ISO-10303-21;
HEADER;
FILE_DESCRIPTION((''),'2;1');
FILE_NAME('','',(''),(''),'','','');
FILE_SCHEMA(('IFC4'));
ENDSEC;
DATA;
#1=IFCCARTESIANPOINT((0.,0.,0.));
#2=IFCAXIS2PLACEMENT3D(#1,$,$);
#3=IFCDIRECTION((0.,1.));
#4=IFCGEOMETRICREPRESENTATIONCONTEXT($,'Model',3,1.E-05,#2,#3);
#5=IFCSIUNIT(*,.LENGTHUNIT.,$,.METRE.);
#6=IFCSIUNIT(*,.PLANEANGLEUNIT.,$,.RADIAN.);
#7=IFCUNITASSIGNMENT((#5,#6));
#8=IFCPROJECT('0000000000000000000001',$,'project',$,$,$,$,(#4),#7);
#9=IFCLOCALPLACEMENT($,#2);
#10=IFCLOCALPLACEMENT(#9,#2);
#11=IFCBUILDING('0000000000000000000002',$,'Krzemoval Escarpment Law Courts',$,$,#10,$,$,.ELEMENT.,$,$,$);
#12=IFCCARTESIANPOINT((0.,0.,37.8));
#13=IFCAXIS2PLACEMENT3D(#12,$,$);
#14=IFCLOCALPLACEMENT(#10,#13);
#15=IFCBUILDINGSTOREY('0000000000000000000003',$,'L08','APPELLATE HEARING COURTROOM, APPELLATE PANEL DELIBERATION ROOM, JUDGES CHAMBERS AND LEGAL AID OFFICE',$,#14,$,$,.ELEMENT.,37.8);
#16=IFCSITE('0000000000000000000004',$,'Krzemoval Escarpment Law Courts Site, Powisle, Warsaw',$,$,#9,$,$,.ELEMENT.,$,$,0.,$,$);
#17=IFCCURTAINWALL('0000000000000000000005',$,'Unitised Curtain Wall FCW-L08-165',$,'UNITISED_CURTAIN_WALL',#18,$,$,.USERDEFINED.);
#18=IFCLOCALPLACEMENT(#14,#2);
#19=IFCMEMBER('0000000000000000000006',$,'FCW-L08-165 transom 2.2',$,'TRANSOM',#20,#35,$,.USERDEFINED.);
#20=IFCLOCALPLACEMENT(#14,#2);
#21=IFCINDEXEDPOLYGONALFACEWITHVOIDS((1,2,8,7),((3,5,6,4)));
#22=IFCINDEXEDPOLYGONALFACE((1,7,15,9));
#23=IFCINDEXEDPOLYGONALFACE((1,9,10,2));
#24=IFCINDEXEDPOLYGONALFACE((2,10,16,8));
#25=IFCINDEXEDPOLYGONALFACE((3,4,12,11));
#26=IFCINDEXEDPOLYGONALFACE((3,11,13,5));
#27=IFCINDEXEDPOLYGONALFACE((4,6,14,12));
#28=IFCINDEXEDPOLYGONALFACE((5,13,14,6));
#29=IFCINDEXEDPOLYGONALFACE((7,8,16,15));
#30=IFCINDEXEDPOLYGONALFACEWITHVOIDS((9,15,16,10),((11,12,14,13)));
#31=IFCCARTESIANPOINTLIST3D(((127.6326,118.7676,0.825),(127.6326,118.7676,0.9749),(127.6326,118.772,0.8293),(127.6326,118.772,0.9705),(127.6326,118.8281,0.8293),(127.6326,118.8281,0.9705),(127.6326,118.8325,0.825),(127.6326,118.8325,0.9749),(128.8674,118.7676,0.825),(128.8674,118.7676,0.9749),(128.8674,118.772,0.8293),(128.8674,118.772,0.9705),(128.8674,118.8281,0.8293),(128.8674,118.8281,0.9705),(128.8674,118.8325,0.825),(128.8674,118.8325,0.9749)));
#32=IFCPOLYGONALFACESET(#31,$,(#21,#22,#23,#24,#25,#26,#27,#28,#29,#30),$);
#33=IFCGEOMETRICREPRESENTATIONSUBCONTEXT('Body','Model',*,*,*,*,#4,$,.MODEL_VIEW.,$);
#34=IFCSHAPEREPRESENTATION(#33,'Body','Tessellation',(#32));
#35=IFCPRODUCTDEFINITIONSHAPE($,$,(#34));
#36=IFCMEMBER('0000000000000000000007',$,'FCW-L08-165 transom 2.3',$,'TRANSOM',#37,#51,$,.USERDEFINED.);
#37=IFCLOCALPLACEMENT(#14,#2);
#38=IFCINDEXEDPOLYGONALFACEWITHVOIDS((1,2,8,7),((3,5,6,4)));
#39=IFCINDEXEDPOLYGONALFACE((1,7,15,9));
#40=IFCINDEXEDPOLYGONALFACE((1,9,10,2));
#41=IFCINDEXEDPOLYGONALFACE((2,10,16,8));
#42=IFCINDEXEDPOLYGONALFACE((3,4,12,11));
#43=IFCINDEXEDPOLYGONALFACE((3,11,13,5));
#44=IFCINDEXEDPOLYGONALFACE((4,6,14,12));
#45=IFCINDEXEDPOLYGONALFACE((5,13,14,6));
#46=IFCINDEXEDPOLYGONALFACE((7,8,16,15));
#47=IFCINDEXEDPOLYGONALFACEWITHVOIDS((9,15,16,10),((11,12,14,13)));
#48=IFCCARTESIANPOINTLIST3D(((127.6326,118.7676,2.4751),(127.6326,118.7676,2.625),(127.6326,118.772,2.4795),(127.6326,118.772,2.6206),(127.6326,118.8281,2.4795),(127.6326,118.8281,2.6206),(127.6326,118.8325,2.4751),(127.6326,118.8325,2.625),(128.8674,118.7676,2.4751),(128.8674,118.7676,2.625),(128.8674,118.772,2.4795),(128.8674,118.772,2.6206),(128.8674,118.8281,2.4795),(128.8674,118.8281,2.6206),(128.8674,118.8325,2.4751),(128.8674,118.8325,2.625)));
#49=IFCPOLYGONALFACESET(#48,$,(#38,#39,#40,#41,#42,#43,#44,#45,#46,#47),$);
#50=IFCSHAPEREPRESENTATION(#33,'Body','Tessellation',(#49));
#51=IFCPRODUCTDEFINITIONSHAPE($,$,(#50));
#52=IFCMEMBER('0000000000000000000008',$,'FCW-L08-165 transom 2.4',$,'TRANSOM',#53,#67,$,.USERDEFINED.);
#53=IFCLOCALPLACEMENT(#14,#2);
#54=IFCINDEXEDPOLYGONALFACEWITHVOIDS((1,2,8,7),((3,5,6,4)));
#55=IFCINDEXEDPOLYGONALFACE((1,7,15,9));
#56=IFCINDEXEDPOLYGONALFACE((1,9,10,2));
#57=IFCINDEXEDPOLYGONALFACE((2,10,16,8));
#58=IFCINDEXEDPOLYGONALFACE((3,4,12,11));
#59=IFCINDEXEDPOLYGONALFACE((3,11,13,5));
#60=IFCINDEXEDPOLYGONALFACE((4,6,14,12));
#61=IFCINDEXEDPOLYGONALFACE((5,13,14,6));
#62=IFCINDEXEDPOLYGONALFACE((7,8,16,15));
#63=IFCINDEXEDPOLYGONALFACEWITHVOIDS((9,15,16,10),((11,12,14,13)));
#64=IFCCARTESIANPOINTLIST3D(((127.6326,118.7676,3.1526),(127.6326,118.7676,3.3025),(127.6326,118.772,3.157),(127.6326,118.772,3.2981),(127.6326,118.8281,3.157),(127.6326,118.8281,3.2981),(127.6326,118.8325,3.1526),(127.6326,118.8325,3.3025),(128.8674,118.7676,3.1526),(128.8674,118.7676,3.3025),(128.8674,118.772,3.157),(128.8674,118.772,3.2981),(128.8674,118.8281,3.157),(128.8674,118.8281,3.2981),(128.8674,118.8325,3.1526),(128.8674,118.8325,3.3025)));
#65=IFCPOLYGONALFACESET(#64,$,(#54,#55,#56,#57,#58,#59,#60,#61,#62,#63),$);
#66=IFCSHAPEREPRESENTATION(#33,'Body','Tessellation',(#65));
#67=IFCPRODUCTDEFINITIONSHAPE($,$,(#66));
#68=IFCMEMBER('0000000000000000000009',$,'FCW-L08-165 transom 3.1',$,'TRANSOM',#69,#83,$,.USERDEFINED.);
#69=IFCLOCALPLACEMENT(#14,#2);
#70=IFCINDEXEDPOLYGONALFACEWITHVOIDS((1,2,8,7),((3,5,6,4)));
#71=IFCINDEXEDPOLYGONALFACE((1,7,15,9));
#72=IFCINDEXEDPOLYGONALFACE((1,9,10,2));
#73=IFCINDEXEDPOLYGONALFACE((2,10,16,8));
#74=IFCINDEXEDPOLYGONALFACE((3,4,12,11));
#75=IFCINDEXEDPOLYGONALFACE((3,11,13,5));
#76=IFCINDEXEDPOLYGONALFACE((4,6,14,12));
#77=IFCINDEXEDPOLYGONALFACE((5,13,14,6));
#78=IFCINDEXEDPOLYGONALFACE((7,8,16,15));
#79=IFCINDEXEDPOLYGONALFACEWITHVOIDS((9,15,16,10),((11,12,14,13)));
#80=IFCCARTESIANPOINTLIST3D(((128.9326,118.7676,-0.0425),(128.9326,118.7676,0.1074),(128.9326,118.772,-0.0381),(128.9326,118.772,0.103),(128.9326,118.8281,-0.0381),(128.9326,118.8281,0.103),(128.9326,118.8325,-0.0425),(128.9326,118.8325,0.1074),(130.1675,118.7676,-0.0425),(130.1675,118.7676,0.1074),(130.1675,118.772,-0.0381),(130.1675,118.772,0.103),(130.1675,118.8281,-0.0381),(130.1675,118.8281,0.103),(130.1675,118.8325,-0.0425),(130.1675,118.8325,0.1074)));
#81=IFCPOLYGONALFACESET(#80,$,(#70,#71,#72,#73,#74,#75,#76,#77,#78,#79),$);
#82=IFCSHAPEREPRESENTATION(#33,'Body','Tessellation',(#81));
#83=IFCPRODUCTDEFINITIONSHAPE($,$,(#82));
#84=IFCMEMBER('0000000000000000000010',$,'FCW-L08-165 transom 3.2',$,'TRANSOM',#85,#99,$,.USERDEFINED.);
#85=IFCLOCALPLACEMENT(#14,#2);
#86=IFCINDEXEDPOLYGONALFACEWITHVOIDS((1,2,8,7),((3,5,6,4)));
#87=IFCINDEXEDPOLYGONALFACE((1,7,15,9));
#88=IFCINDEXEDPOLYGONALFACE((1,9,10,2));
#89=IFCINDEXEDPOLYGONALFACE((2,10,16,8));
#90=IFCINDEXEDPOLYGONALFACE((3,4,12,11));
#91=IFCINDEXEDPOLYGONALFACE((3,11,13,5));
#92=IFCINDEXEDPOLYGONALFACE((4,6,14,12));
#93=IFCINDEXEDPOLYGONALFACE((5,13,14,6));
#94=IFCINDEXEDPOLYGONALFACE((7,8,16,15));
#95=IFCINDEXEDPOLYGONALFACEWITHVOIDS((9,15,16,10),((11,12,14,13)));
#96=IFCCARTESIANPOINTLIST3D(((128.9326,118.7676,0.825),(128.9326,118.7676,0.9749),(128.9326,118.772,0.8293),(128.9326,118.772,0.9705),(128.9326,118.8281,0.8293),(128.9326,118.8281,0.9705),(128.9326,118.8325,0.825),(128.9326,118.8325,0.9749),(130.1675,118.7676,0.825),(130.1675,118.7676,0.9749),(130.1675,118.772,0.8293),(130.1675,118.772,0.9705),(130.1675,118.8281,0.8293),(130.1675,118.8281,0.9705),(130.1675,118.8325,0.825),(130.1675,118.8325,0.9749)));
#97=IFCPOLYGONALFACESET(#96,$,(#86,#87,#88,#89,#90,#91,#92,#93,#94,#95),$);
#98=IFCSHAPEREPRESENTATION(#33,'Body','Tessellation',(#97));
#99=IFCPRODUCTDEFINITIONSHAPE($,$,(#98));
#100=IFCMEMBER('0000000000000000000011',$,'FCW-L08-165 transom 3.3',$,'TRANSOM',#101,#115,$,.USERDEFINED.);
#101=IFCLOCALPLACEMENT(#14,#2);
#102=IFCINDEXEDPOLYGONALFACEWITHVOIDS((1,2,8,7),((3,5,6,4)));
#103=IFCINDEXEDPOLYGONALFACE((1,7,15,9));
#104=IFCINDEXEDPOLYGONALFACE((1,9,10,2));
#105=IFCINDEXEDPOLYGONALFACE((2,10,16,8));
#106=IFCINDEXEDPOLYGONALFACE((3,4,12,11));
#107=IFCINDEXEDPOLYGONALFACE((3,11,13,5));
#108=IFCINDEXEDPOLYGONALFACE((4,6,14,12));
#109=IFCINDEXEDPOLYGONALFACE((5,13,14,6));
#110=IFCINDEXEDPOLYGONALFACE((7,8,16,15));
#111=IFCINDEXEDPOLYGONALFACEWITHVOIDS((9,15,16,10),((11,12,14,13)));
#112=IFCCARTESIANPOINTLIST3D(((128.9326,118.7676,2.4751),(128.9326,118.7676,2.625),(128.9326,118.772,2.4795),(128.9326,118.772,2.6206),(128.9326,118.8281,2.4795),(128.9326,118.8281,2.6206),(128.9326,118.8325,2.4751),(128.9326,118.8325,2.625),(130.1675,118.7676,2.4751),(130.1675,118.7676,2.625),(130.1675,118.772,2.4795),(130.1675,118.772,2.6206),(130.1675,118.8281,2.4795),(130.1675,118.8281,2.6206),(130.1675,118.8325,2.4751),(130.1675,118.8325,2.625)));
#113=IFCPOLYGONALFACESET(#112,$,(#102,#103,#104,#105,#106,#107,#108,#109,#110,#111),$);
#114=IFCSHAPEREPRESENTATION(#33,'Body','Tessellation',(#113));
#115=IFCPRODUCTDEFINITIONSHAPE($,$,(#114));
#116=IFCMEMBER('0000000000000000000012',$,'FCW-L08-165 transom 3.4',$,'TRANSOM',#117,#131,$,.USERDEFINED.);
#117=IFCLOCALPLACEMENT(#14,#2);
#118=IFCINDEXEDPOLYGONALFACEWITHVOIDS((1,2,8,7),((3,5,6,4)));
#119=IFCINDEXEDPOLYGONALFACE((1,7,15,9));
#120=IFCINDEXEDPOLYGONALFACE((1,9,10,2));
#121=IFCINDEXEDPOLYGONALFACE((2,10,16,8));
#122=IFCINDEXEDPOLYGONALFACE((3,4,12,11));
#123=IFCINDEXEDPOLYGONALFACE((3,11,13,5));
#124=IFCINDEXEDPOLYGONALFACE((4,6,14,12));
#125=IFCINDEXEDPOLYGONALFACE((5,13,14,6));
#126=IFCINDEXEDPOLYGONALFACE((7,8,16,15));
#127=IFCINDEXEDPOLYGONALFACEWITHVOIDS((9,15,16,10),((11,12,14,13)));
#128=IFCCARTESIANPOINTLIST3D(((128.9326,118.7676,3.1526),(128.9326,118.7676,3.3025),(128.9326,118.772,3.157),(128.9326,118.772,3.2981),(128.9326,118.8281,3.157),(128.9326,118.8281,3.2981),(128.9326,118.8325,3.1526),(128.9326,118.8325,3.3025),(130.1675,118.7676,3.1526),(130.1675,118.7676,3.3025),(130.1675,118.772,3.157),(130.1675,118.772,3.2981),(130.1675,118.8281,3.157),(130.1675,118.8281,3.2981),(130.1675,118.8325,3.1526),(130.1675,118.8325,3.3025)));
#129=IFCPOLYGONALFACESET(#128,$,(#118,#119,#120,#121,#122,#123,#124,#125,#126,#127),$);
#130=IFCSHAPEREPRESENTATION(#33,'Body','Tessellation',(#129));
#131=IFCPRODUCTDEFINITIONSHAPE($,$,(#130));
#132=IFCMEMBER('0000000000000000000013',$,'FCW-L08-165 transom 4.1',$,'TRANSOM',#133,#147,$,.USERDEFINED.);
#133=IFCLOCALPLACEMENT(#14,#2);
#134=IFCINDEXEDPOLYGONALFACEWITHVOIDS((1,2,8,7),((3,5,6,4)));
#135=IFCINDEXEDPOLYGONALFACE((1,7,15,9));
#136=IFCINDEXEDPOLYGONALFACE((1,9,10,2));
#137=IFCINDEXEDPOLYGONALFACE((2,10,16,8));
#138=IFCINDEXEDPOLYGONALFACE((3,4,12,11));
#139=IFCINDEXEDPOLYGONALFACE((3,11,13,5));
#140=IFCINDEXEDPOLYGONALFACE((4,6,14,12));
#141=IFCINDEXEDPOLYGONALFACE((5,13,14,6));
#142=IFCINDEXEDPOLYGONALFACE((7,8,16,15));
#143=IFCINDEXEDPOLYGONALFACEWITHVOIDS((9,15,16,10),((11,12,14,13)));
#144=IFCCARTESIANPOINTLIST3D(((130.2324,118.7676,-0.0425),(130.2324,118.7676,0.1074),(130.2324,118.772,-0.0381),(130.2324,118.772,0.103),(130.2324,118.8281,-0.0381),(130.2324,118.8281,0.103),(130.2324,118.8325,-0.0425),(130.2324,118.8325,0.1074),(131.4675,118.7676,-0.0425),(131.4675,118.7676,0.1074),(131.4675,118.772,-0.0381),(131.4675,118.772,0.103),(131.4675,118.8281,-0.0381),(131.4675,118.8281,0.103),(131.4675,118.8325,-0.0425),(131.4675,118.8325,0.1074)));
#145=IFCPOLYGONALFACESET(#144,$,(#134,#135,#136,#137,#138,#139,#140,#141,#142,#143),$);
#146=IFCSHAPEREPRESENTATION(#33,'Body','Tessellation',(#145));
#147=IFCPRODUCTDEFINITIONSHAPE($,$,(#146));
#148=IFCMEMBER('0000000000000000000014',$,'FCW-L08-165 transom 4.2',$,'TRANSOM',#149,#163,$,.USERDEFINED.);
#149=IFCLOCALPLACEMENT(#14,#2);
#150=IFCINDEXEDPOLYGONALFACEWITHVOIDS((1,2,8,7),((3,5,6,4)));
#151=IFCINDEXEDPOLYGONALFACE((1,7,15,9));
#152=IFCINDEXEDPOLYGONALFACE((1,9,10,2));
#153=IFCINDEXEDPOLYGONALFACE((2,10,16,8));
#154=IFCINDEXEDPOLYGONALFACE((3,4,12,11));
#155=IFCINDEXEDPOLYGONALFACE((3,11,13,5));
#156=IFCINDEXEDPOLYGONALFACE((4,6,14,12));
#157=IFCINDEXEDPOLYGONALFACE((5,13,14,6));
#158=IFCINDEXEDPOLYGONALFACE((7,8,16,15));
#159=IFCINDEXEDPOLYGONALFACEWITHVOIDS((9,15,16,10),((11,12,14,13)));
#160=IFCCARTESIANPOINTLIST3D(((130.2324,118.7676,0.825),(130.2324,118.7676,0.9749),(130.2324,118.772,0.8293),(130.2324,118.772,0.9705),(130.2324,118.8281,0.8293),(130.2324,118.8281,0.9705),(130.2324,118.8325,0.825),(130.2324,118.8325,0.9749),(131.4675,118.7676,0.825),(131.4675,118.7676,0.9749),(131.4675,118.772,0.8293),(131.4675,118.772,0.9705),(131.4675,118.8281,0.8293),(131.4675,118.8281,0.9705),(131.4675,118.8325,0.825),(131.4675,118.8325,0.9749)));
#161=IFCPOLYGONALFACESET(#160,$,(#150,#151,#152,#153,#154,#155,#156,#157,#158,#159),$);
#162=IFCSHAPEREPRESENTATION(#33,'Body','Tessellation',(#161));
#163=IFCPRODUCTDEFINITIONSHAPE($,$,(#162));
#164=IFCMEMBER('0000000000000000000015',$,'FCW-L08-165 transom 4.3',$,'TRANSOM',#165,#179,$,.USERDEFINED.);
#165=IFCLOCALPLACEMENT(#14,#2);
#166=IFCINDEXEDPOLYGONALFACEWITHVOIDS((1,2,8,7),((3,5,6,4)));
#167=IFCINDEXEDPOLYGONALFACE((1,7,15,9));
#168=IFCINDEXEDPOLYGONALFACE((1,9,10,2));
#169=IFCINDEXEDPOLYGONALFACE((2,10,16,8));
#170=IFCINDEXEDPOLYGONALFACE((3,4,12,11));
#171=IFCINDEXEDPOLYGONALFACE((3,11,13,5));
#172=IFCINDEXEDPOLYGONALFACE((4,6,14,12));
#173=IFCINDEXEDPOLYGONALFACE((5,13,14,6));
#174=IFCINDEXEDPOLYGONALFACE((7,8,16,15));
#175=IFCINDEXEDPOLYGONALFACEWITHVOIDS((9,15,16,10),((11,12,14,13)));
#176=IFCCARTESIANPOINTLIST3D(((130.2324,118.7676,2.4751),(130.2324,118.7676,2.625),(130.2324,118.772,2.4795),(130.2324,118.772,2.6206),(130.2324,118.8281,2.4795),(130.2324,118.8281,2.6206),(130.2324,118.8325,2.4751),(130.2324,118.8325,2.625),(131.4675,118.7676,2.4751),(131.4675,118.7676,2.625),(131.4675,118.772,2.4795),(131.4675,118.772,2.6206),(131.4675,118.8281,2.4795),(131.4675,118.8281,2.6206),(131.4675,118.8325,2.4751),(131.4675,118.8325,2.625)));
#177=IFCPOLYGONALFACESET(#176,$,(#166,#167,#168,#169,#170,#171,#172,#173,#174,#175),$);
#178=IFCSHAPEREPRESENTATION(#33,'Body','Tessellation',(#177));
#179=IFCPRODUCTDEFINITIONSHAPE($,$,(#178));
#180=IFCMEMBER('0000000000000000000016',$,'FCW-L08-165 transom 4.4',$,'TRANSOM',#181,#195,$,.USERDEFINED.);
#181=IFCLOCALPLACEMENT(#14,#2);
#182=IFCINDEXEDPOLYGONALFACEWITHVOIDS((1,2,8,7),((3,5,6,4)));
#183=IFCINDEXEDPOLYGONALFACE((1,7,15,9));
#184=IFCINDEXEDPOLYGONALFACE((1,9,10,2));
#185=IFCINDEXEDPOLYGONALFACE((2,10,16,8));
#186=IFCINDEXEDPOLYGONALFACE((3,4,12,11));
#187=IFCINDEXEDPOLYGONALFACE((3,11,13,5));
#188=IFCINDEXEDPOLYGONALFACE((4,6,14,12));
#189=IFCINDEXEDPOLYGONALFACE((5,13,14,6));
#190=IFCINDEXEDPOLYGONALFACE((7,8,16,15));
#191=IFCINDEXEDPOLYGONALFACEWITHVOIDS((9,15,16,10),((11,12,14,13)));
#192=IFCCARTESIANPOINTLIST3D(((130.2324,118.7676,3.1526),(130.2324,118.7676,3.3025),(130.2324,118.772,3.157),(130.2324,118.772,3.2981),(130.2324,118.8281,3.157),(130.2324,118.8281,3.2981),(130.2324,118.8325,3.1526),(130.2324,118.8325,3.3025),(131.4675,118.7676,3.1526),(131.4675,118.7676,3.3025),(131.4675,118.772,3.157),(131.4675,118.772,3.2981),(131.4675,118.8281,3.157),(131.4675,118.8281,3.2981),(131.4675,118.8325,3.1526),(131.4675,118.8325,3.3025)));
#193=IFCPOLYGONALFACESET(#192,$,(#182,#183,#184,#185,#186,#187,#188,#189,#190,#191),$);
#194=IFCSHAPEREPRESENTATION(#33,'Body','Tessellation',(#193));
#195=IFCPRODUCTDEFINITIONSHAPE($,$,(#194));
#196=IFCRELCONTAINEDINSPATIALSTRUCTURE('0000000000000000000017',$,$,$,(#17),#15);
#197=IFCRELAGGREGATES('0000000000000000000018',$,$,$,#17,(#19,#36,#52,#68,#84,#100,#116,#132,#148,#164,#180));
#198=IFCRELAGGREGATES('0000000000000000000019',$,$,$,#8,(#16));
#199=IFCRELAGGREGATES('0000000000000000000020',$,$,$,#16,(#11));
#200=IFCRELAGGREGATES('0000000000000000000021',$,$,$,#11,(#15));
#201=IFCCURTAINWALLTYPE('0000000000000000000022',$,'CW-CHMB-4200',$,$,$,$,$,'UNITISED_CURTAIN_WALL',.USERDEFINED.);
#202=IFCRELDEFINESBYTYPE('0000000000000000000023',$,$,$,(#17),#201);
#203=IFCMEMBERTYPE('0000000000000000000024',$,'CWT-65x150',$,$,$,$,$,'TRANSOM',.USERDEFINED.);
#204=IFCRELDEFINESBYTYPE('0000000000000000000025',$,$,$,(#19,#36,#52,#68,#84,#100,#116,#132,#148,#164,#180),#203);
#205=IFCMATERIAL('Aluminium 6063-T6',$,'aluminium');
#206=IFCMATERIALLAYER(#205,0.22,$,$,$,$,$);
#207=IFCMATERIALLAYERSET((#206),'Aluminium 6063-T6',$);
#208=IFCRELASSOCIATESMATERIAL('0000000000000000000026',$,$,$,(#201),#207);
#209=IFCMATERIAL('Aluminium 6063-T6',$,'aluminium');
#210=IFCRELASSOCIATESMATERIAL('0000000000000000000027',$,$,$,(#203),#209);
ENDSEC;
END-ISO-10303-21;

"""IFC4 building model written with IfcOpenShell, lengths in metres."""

from ifc_helpers import new_model, si_unit, direction, frame, origin, origin_2d, place, context, subcontext, project, spatial, hollow_rectangle, extrude, material, layer, layer_set, material_profile, profile_set, type_object, element, aggregate, save


model = new_model("IFC4")

# Units and contexts
model_context = context("Model", 3, precision=1e-05, world=origin(), true_north=direction((0.0, 1.0)))
body_context = subcontext(model_context, "Body", "Model", "MODEL_VIEW")
ifc_project = project(units=[si_unit("LENGTHUNIT", "METRE"), si_unit("PLANEANGLEUNIT", "RADIAN")], contexts=[model_context])

# Site, building, storey
site_placement = place(None, origin())
site = spatial("IfcSite", under=ifc_project, at=site_placement, Name="Krzemoval Escarpment Law Courts Site, Powisle, Warsaw", CompositionType="ELEMENT", RefElevation=0.0)
building_placement = place(site_placement, origin())
building = spatial("IfcBuilding", under=site, at=building_placement, Name="Krzemoval Escarpment Law Courts", CompositionType="ELEMENT")
storey_placement = place(building_placement, frame((0.0, 0.0, 37.8)))
storey = spatial("IfcBuildingStorey", under=building, at=storey_placement, Name="L08", Description="APPELLATE HEARING COURTROOM, APPELLATE PANEL DELIBERATION ROOM, JUDGES CHAMBERS AND LEGAL AID OFFICE", CompositionType="ELEMENT", Elevation=37.8)

# Shared definitions
ifc_material_1 = material(Name="Aluminium 6063-T6", Category="aluminium")
ifc_layer_1 = layer(ifc_material_1, 0.22)
ifc_layer_set_1 = layer_set([ifc_layer_1], Name="Aluminium 6063-T6")
curtain_wall_type = type_object("IfcCurtainWallType", Name="CW-CHMB-4200", ElementType="UNITISED_CURTAIN_WALL", PredefinedType="USERDEFINED", material=ifc_layer_set_1)

# Curtain wall, members
curtain_wall_1_placement = place(storey_placement, origin())
curtain_wall_1 = element("IfcCurtainWall", 1, at=curtain_wall_1_placement, inside=storey, type_object=curtain_wall_type, Name="Unitised Curtain Wall FCW-L08-165", ObjectType="UNITISED_CURTAIN_WALL", PredefinedType="USERDEFINED")
ifc_material_2 = material(Name="Aluminium 6063-T6", Category="aluminium")
ifc_material_profile_1 = material_profile(ifc_material_2, hollow_rectangle(XDim=0.0649, YDim=0.1499, WallThickness=0.0044, at=origin_2d()), Name="ALU T65x150")
ifc_profile_set_1 = profile_set([ifc_material_profile_1], Name="Aluminium 6063-T6")
member_type_1 = type_object("IfcMemberType", Name="CWT-65x150", ElementType="TRANSOM", PredefinedType="USERDEFINED", material=ifc_profile_set_1)
member_1_placement = place(storey_placement, frame((127.6326, 118.8, 0.8999), z_axis=(1.0, 0.0, 0.0), x_axis=(0.0, 1.0, 0.0)))
member_1 = element("IfcMember", 2, at=member_1_placement, type_object=member_type_1, Name="FCW-L08-165 transom 2.2", ObjectType="TRANSOM", PredefinedType="USERDEFINED", context=body_context, shape_type="SweptSolid", body=[
    extrude(hollow_rectangle(XDim=0.0649, YDim=0.1499, WallThickness=0.0044, at=origin_2d()), origin(), (0.0, 0.0, 1.0), 1.2349),
])
member_2_placement = place(storey_placement, frame((127.6326, 118.8, 2.55), z_axis=(1.0, 0.0, 0.0), x_axis=(0.0, 1.0, 0.0)))
member_2 = element("IfcMember", 3, at=member_2_placement, type_object=member_type_1, Name="FCW-L08-165 transom 2.3", ObjectType="TRANSOM", PredefinedType="USERDEFINED", context=body_context, shape_type="SweptSolid", body=[
    extrude(hollow_rectangle(XDim=0.0649, YDim=0.1499, WallThickness=0.0044, at=origin_2d()), origin(), (0.0, 0.0, 1.0), 1.2349),
])
member_3_placement = place(storey_placement, frame((127.6326, 118.8, 3.2275), z_axis=(1.0, 0.0, 0.0), x_axis=(0.0, 1.0, 0.0)))
member_3 = element("IfcMember", 4, at=member_3_placement, type_object=member_type_1, Name="FCW-L08-165 transom 2.4", ObjectType="TRANSOM", PredefinedType="USERDEFINED", context=body_context, shape_type="SweptSolid", body=[
    extrude(hollow_rectangle(XDim=0.0649, YDim=0.1499, WallThickness=0.0044, at=origin_2d()), origin(), (0.0, 0.0, 1.0), 1.2349),
])
member_4_placement = place(storey_placement, frame((128.9326, 118.8, 0.0325), z_axis=(1.0, 0.0, 0.0), x_axis=(0.0, 1.0, 0.0)))
member_4 = element("IfcMember", 5, at=member_4_placement, type_object=member_type_1, Name="FCW-L08-165 transom 3.1", ObjectType="TRANSOM", PredefinedType="USERDEFINED", context=body_context, shape_type="SweptSolid", body=[
    extrude(hollow_rectangle(XDim=0.0649, YDim=0.1499, WallThickness=0.0044, at=origin_2d()), origin(), (0.0, 0.0, 1.0), 1.2349),
])
member_5_placement = place(storey_placement, frame((128.9326, 118.8, 0.8999), z_axis=(1.0, 0.0, 0.0), x_axis=(0.0, 1.0, 0.0)))
member_5 = element("IfcMember", 6, at=member_5_placement, type_object=member_type_1, Name="FCW-L08-165 transom 3.2", ObjectType="TRANSOM", PredefinedType="USERDEFINED", context=body_context, shape_type="SweptSolid", body=[
    extrude(hollow_rectangle(XDim=0.0649, YDim=0.1499, WallThickness=0.0044, at=origin_2d()), origin(), (0.0, 0.0, 1.0), 1.2349),
])
member_6_placement = place(storey_placement, frame((128.9326, 118.8, 2.55), z_axis=(1.0, 0.0, 0.0), x_axis=(0.0, 1.0, 0.0)))
member_6 = element("IfcMember", 7, at=member_6_placement, type_object=member_type_1, Name="FCW-L08-165 transom 3.3", ObjectType="TRANSOM", PredefinedType="USERDEFINED", context=body_context, shape_type="SweptSolid", body=[
    extrude(hollow_rectangle(XDim=0.0649, YDim=0.1499, WallThickness=0.0044, at=origin_2d()), origin(), (0.0, 0.0, 1.0), 1.2349),
])
member_7_placement = place(storey_placement, frame((128.9326, 118.8, 3.2275), z_axis=(1.0, 0.0, 0.0), x_axis=(0.0, 1.0, 0.0)))
member_7 = element("IfcMember", 8, at=member_7_placement, type_object=member_type_1, Name="FCW-L08-165 transom 3.4", ObjectType="TRANSOM", PredefinedType="USERDEFINED", context=body_context, shape_type="SweptSolid", body=[
    extrude(hollow_rectangle(XDim=0.0649, YDim=0.1499, WallThickness=0.0044, at=origin_2d()), origin(), (0.0, 0.0, 1.0), 1.2349),
])
member_8_placement = place(storey_placement, frame((130.2324, 118.8, 0.0325), z_axis=(1.0, 0.0, 0.0), x_axis=(0.0, 1.0, 0.0)))
member_8 = element("IfcMember", 9, at=member_8_placement, type_object=member_type_1, Name="FCW-L08-165 transom 4.1", ObjectType="TRANSOM", PredefinedType="USERDEFINED", context=body_context, shape_type="SweptSolid", body=[
    extrude(hollow_rectangle(XDim=0.0649, YDim=0.1499, WallThickness=0.0044, at=origin_2d()), origin(), (0.0, 0.0, 1.0), 1.2351),
])
member_9_placement = place(storey_placement, frame((130.2324, 118.8, 0.8999), z_axis=(1.0, 0.0, 0.0), x_axis=(0.0, 1.0, 0.0)))
member_9 = element("IfcMember", 10, at=member_9_placement, type_object=member_type_1, Name="FCW-L08-165 transom 4.2", ObjectType="TRANSOM", PredefinedType="USERDEFINED", context=body_context, shape_type="SweptSolid", body=[
    extrude(hollow_rectangle(XDim=0.0649, YDim=0.1499, WallThickness=0.0044, at=origin_2d()), origin(), (0.0, 0.0, 1.0), 1.2351),
])
member_10_placement = place(storey_placement, frame((130.2324, 118.8, 2.55), z_axis=(1.0, 0.0, 0.0), x_axis=(0.0, 1.0, 0.0)))
member_10 = element("IfcMember", 11, at=member_10_placement, type_object=member_type_1, Name="FCW-L08-165 transom 4.3", ObjectType="TRANSOM", PredefinedType="USERDEFINED", context=body_context, shape_type="SweptSolid", body=[
    extrude(hollow_rectangle(XDim=0.0649, YDim=0.1499, WallThickness=0.0044, at=origin_2d()), origin(), (0.0, 0.0, 1.0), 1.2351),
])
member_11_placement = place(storey_placement, frame((130.2324, 118.8, 3.2275), z_axis=(1.0, 0.0, 0.0), x_axis=(0.0, 1.0, 0.0)))
member_11 = element("IfcMember", 12, at=member_11_placement, type_object=member_type_1, Name="FCW-L08-165 transom 4.4", ObjectType="TRANSOM", PredefinedType="USERDEFINED", context=body_context, shape_type="SweptSolid", body=[
    extrude(hollow_rectangle(XDim=0.0649, YDim=0.1499, WallThickness=0.0044, at=origin_2d()), origin(), (0.0, 0.0, 1.0), 1.2351),
])

aggregate(curtain_wall_1, [member_1, member_2, member_3, member_4, member_5, member_6, member_7, member_8, member_9, member_10, member_11])

save(model, "model.ifc")
